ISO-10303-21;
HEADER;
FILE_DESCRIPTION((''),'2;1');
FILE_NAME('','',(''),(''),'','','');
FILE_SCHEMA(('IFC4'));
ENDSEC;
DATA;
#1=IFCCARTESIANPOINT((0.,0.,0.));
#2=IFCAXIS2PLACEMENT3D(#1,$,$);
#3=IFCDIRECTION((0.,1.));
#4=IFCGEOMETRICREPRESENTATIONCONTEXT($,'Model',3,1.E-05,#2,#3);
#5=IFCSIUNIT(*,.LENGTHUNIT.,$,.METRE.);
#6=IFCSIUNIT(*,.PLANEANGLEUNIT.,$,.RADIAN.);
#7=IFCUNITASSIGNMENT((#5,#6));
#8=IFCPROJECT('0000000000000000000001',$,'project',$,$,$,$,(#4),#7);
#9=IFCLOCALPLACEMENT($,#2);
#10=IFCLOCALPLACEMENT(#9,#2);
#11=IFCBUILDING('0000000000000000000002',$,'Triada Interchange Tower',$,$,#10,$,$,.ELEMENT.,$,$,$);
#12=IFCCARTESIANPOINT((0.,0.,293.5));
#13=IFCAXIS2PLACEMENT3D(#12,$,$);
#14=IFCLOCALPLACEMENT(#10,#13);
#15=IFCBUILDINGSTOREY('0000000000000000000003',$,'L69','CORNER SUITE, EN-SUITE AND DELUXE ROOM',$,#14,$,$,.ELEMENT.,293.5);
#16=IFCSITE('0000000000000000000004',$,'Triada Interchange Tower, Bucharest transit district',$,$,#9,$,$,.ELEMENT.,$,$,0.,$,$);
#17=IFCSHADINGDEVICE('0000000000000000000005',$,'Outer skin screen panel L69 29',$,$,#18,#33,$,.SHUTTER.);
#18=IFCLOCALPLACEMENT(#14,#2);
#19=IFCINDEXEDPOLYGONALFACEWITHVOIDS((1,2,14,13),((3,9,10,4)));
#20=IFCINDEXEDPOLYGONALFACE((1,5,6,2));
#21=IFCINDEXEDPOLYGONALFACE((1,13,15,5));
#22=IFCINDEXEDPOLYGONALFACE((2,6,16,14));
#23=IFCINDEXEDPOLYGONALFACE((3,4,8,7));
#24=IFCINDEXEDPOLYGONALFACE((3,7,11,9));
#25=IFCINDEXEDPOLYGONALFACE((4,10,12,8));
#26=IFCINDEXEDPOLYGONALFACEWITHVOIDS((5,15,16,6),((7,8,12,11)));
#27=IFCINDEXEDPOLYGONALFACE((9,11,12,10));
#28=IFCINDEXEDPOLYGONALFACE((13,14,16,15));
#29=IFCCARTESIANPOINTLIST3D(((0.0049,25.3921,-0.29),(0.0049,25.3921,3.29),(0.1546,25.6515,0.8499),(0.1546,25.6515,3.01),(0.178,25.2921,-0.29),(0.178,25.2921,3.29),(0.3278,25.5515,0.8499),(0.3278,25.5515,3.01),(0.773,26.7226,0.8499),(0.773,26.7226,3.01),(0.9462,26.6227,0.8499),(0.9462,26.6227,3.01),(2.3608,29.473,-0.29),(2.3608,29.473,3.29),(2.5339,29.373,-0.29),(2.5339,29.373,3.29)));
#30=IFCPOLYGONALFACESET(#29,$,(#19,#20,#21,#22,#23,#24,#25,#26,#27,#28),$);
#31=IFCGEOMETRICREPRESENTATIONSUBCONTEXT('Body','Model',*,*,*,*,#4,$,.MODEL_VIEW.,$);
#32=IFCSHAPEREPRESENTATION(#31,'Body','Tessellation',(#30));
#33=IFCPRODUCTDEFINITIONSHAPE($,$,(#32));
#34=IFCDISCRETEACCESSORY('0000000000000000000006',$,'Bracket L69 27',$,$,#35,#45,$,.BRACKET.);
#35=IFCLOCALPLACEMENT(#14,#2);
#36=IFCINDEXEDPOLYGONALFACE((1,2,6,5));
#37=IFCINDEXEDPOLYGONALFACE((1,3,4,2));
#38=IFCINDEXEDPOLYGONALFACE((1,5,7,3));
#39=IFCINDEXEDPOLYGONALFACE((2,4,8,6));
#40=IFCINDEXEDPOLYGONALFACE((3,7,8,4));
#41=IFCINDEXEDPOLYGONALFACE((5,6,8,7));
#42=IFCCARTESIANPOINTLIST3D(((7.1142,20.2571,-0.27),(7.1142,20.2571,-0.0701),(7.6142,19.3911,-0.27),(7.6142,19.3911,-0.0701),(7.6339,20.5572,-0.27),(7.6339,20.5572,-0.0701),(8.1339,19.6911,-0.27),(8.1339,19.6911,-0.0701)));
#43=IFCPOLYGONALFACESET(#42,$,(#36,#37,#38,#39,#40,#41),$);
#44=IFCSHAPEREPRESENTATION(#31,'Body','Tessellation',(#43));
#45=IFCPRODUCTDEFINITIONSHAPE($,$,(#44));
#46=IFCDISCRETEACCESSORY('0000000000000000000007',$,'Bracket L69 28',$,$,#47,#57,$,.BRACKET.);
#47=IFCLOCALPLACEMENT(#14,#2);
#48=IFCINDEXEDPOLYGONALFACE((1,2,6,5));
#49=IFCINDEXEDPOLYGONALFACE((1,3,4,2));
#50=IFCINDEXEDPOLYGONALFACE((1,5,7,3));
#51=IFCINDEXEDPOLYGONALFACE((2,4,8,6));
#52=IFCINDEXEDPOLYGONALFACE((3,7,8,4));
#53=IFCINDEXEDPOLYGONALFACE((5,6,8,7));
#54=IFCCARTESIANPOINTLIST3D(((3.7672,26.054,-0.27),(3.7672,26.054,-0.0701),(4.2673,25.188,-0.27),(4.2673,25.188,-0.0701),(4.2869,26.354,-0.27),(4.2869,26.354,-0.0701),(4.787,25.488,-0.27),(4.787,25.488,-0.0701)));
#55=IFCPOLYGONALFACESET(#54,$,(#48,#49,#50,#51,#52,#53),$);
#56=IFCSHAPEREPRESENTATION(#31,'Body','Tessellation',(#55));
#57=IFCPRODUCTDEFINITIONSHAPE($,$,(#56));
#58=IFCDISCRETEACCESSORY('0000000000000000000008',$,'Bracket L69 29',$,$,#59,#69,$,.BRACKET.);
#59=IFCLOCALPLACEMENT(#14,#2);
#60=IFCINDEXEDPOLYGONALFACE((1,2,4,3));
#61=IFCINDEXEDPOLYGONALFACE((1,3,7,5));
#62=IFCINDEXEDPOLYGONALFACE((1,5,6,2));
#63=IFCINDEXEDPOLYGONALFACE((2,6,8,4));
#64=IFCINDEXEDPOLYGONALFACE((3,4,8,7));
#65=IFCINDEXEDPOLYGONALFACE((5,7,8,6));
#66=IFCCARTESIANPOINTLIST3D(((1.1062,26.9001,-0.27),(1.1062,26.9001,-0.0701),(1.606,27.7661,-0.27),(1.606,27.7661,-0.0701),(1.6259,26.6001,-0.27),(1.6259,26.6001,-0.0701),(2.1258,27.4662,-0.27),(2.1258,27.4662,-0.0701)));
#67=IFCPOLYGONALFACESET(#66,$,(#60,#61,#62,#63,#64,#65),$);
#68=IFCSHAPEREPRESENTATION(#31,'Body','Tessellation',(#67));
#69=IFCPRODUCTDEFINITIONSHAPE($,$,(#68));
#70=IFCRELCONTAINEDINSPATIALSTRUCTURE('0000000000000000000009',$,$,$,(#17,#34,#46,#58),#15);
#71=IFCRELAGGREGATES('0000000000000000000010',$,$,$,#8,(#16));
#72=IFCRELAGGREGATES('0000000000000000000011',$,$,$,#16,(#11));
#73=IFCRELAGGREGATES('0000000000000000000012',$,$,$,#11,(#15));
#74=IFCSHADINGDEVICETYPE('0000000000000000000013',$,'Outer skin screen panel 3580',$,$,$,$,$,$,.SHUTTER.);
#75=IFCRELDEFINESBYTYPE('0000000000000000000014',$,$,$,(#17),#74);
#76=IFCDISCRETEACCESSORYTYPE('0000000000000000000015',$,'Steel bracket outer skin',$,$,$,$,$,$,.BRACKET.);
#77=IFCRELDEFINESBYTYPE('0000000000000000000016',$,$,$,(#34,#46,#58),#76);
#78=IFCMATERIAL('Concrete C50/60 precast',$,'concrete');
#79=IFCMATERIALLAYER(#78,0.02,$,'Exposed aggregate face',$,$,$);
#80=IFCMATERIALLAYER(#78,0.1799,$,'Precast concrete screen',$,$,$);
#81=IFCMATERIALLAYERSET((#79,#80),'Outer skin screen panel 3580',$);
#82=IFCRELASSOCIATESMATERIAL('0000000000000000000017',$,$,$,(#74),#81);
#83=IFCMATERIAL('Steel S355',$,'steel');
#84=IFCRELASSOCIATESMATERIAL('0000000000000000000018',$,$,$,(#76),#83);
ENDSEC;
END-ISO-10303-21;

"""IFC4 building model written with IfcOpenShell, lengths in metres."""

from ifc_helpers import new_model, si_unit, direction, frame, origin, origin_2d, place, context, subcontext, project, spatial, polyline, rectangle, outline, extrude, material, layer, layer_set, type_object, element, save


model = new_model("IFC4")

# Units and contexts
model_context = context("Model", 3, precision=1e-05, world=origin(), true_north=direction((0.0, 1.0)))
body_context = subcontext(model_context, "Body", "Model", "MODEL_VIEW")
ifc_project = project(units=[si_unit("LENGTHUNIT", "METRE"), si_unit("PLANEANGLEUNIT", "RADIAN")], contexts=[model_context])

# Site, building, storey
site_placement = place(None, origin())
site = spatial("IfcSite", under=ifc_project, at=site_placement, Name="Triada Interchange Tower, Bucharest transit district", CompositionType="ELEMENT", RefElevation=0.0)
building_placement = place(site_placement, origin())
building = spatial("IfcBuilding", under=site, at=building_placement, Name="Triada Interchange Tower", CompositionType="ELEMENT")
storey_placement = place(building_placement, frame((0.0, 0.0, 293.5)))
storey = spatial("IfcBuildingStorey", under=building, at=storey_placement, Name="L69", Description="CORNER SUITE, EN-SUITE AND DELUXE ROOM", CompositionType="ELEMENT", Elevation=293.5)

# Shading device
ifc_material_1 = material(Name="Concrete C50/60 precast", Category="concrete")
ifc_layer_1 = layer(ifc_material_1, 0.02, Name="Exposed aggregate face")
ifc_layer_2 = layer(ifc_material_1, 0.1799, Name="Precast concrete screen")
ifc_layer_set_1 = layer_set([ifc_layer_1, ifc_layer_2], Name="Outer skin screen panel 3580")
shading_device_type = type_object("IfcShadingDeviceType", Name="Outer skin screen panel 3580", PredefinedType="SHUTTER", material=ifc_layer_set_1)
shading_device_1_placement = place(storey_placement, frame((2.5339, 29.373, -0.29), z_axis=(0.0, 0.0, 1.0), x_axis=(-0.499962, -0.866048, 0.0)))
element("IfcShadingDevice", 1, at=shading_device_1_placement, inside=storey, type_object=shading_device_type, Name="Outer skin screen panel L69 29", PredefinedType="SHUTTER", context=body_context, shape_type="SweptSolid", body=[
    extrude(outline(polyline([(0.0, 0.0), (4.7122, 0.0), (4.7122, 3.5801), (0.0, 3.5801), (0.0, 0.0)]), holes=[polyline([(3.1758, 1.1399), (3.1758, 3.3), (4.4126, 3.3), (4.4126, 1.1399), (3.1758, 1.1399)])]), frame((0.0, 0.0, 0.0), z_axis=(0.0, -1.0, 0.0), x_axis=(1.0, 0.0, 0.0)), (0.0, 0.0, 1.0), 0.2),
])

# Discrete accessories
ifc_material_2 = material(Name="Steel S355", Category="steel")
discrete_accessory_type = type_object("IfcDiscreteAccessoryType", Name="Steel bracket outer skin", PredefinedType="BRACKET", material=ifc_material_2)
for number, where, z_axis, x_axis, name in (
    (2, (7.624, 19.9741, -0.27), (0.0, 0.0, 1.0), (0.866023, 0.500004, 0.0), "Bracket L69 27"),
    (3, (4.2771, 25.771, -0.27), (0.0, 0.0, 1.0), (0.866023, 0.500004, 0.0), "Bracket L69 28"),
    (4, (1.616, 27.1831, -0.27), (0.0, 0.0, 1.0), (-0.866091, 0.499887, 0.0), "Bracket L69 29"),
):
    element("IfcDiscreteAccessory", number, at=place(storey_placement, frame(where, z_axis=z_axis, x_axis=x_axis)), inside=storey, type_object=discrete_accessory_type, Name=name, PredefinedType="BRACKET", context=body_context, shape_type="SweptSolid", body=[
        extrude(rectangle(XDim=0.6001, YDim=1.0, at=origin_2d()), origin(), (0.0, 0.0, 1.0), 0.2),
    ])

save(model, "model.ifc")
